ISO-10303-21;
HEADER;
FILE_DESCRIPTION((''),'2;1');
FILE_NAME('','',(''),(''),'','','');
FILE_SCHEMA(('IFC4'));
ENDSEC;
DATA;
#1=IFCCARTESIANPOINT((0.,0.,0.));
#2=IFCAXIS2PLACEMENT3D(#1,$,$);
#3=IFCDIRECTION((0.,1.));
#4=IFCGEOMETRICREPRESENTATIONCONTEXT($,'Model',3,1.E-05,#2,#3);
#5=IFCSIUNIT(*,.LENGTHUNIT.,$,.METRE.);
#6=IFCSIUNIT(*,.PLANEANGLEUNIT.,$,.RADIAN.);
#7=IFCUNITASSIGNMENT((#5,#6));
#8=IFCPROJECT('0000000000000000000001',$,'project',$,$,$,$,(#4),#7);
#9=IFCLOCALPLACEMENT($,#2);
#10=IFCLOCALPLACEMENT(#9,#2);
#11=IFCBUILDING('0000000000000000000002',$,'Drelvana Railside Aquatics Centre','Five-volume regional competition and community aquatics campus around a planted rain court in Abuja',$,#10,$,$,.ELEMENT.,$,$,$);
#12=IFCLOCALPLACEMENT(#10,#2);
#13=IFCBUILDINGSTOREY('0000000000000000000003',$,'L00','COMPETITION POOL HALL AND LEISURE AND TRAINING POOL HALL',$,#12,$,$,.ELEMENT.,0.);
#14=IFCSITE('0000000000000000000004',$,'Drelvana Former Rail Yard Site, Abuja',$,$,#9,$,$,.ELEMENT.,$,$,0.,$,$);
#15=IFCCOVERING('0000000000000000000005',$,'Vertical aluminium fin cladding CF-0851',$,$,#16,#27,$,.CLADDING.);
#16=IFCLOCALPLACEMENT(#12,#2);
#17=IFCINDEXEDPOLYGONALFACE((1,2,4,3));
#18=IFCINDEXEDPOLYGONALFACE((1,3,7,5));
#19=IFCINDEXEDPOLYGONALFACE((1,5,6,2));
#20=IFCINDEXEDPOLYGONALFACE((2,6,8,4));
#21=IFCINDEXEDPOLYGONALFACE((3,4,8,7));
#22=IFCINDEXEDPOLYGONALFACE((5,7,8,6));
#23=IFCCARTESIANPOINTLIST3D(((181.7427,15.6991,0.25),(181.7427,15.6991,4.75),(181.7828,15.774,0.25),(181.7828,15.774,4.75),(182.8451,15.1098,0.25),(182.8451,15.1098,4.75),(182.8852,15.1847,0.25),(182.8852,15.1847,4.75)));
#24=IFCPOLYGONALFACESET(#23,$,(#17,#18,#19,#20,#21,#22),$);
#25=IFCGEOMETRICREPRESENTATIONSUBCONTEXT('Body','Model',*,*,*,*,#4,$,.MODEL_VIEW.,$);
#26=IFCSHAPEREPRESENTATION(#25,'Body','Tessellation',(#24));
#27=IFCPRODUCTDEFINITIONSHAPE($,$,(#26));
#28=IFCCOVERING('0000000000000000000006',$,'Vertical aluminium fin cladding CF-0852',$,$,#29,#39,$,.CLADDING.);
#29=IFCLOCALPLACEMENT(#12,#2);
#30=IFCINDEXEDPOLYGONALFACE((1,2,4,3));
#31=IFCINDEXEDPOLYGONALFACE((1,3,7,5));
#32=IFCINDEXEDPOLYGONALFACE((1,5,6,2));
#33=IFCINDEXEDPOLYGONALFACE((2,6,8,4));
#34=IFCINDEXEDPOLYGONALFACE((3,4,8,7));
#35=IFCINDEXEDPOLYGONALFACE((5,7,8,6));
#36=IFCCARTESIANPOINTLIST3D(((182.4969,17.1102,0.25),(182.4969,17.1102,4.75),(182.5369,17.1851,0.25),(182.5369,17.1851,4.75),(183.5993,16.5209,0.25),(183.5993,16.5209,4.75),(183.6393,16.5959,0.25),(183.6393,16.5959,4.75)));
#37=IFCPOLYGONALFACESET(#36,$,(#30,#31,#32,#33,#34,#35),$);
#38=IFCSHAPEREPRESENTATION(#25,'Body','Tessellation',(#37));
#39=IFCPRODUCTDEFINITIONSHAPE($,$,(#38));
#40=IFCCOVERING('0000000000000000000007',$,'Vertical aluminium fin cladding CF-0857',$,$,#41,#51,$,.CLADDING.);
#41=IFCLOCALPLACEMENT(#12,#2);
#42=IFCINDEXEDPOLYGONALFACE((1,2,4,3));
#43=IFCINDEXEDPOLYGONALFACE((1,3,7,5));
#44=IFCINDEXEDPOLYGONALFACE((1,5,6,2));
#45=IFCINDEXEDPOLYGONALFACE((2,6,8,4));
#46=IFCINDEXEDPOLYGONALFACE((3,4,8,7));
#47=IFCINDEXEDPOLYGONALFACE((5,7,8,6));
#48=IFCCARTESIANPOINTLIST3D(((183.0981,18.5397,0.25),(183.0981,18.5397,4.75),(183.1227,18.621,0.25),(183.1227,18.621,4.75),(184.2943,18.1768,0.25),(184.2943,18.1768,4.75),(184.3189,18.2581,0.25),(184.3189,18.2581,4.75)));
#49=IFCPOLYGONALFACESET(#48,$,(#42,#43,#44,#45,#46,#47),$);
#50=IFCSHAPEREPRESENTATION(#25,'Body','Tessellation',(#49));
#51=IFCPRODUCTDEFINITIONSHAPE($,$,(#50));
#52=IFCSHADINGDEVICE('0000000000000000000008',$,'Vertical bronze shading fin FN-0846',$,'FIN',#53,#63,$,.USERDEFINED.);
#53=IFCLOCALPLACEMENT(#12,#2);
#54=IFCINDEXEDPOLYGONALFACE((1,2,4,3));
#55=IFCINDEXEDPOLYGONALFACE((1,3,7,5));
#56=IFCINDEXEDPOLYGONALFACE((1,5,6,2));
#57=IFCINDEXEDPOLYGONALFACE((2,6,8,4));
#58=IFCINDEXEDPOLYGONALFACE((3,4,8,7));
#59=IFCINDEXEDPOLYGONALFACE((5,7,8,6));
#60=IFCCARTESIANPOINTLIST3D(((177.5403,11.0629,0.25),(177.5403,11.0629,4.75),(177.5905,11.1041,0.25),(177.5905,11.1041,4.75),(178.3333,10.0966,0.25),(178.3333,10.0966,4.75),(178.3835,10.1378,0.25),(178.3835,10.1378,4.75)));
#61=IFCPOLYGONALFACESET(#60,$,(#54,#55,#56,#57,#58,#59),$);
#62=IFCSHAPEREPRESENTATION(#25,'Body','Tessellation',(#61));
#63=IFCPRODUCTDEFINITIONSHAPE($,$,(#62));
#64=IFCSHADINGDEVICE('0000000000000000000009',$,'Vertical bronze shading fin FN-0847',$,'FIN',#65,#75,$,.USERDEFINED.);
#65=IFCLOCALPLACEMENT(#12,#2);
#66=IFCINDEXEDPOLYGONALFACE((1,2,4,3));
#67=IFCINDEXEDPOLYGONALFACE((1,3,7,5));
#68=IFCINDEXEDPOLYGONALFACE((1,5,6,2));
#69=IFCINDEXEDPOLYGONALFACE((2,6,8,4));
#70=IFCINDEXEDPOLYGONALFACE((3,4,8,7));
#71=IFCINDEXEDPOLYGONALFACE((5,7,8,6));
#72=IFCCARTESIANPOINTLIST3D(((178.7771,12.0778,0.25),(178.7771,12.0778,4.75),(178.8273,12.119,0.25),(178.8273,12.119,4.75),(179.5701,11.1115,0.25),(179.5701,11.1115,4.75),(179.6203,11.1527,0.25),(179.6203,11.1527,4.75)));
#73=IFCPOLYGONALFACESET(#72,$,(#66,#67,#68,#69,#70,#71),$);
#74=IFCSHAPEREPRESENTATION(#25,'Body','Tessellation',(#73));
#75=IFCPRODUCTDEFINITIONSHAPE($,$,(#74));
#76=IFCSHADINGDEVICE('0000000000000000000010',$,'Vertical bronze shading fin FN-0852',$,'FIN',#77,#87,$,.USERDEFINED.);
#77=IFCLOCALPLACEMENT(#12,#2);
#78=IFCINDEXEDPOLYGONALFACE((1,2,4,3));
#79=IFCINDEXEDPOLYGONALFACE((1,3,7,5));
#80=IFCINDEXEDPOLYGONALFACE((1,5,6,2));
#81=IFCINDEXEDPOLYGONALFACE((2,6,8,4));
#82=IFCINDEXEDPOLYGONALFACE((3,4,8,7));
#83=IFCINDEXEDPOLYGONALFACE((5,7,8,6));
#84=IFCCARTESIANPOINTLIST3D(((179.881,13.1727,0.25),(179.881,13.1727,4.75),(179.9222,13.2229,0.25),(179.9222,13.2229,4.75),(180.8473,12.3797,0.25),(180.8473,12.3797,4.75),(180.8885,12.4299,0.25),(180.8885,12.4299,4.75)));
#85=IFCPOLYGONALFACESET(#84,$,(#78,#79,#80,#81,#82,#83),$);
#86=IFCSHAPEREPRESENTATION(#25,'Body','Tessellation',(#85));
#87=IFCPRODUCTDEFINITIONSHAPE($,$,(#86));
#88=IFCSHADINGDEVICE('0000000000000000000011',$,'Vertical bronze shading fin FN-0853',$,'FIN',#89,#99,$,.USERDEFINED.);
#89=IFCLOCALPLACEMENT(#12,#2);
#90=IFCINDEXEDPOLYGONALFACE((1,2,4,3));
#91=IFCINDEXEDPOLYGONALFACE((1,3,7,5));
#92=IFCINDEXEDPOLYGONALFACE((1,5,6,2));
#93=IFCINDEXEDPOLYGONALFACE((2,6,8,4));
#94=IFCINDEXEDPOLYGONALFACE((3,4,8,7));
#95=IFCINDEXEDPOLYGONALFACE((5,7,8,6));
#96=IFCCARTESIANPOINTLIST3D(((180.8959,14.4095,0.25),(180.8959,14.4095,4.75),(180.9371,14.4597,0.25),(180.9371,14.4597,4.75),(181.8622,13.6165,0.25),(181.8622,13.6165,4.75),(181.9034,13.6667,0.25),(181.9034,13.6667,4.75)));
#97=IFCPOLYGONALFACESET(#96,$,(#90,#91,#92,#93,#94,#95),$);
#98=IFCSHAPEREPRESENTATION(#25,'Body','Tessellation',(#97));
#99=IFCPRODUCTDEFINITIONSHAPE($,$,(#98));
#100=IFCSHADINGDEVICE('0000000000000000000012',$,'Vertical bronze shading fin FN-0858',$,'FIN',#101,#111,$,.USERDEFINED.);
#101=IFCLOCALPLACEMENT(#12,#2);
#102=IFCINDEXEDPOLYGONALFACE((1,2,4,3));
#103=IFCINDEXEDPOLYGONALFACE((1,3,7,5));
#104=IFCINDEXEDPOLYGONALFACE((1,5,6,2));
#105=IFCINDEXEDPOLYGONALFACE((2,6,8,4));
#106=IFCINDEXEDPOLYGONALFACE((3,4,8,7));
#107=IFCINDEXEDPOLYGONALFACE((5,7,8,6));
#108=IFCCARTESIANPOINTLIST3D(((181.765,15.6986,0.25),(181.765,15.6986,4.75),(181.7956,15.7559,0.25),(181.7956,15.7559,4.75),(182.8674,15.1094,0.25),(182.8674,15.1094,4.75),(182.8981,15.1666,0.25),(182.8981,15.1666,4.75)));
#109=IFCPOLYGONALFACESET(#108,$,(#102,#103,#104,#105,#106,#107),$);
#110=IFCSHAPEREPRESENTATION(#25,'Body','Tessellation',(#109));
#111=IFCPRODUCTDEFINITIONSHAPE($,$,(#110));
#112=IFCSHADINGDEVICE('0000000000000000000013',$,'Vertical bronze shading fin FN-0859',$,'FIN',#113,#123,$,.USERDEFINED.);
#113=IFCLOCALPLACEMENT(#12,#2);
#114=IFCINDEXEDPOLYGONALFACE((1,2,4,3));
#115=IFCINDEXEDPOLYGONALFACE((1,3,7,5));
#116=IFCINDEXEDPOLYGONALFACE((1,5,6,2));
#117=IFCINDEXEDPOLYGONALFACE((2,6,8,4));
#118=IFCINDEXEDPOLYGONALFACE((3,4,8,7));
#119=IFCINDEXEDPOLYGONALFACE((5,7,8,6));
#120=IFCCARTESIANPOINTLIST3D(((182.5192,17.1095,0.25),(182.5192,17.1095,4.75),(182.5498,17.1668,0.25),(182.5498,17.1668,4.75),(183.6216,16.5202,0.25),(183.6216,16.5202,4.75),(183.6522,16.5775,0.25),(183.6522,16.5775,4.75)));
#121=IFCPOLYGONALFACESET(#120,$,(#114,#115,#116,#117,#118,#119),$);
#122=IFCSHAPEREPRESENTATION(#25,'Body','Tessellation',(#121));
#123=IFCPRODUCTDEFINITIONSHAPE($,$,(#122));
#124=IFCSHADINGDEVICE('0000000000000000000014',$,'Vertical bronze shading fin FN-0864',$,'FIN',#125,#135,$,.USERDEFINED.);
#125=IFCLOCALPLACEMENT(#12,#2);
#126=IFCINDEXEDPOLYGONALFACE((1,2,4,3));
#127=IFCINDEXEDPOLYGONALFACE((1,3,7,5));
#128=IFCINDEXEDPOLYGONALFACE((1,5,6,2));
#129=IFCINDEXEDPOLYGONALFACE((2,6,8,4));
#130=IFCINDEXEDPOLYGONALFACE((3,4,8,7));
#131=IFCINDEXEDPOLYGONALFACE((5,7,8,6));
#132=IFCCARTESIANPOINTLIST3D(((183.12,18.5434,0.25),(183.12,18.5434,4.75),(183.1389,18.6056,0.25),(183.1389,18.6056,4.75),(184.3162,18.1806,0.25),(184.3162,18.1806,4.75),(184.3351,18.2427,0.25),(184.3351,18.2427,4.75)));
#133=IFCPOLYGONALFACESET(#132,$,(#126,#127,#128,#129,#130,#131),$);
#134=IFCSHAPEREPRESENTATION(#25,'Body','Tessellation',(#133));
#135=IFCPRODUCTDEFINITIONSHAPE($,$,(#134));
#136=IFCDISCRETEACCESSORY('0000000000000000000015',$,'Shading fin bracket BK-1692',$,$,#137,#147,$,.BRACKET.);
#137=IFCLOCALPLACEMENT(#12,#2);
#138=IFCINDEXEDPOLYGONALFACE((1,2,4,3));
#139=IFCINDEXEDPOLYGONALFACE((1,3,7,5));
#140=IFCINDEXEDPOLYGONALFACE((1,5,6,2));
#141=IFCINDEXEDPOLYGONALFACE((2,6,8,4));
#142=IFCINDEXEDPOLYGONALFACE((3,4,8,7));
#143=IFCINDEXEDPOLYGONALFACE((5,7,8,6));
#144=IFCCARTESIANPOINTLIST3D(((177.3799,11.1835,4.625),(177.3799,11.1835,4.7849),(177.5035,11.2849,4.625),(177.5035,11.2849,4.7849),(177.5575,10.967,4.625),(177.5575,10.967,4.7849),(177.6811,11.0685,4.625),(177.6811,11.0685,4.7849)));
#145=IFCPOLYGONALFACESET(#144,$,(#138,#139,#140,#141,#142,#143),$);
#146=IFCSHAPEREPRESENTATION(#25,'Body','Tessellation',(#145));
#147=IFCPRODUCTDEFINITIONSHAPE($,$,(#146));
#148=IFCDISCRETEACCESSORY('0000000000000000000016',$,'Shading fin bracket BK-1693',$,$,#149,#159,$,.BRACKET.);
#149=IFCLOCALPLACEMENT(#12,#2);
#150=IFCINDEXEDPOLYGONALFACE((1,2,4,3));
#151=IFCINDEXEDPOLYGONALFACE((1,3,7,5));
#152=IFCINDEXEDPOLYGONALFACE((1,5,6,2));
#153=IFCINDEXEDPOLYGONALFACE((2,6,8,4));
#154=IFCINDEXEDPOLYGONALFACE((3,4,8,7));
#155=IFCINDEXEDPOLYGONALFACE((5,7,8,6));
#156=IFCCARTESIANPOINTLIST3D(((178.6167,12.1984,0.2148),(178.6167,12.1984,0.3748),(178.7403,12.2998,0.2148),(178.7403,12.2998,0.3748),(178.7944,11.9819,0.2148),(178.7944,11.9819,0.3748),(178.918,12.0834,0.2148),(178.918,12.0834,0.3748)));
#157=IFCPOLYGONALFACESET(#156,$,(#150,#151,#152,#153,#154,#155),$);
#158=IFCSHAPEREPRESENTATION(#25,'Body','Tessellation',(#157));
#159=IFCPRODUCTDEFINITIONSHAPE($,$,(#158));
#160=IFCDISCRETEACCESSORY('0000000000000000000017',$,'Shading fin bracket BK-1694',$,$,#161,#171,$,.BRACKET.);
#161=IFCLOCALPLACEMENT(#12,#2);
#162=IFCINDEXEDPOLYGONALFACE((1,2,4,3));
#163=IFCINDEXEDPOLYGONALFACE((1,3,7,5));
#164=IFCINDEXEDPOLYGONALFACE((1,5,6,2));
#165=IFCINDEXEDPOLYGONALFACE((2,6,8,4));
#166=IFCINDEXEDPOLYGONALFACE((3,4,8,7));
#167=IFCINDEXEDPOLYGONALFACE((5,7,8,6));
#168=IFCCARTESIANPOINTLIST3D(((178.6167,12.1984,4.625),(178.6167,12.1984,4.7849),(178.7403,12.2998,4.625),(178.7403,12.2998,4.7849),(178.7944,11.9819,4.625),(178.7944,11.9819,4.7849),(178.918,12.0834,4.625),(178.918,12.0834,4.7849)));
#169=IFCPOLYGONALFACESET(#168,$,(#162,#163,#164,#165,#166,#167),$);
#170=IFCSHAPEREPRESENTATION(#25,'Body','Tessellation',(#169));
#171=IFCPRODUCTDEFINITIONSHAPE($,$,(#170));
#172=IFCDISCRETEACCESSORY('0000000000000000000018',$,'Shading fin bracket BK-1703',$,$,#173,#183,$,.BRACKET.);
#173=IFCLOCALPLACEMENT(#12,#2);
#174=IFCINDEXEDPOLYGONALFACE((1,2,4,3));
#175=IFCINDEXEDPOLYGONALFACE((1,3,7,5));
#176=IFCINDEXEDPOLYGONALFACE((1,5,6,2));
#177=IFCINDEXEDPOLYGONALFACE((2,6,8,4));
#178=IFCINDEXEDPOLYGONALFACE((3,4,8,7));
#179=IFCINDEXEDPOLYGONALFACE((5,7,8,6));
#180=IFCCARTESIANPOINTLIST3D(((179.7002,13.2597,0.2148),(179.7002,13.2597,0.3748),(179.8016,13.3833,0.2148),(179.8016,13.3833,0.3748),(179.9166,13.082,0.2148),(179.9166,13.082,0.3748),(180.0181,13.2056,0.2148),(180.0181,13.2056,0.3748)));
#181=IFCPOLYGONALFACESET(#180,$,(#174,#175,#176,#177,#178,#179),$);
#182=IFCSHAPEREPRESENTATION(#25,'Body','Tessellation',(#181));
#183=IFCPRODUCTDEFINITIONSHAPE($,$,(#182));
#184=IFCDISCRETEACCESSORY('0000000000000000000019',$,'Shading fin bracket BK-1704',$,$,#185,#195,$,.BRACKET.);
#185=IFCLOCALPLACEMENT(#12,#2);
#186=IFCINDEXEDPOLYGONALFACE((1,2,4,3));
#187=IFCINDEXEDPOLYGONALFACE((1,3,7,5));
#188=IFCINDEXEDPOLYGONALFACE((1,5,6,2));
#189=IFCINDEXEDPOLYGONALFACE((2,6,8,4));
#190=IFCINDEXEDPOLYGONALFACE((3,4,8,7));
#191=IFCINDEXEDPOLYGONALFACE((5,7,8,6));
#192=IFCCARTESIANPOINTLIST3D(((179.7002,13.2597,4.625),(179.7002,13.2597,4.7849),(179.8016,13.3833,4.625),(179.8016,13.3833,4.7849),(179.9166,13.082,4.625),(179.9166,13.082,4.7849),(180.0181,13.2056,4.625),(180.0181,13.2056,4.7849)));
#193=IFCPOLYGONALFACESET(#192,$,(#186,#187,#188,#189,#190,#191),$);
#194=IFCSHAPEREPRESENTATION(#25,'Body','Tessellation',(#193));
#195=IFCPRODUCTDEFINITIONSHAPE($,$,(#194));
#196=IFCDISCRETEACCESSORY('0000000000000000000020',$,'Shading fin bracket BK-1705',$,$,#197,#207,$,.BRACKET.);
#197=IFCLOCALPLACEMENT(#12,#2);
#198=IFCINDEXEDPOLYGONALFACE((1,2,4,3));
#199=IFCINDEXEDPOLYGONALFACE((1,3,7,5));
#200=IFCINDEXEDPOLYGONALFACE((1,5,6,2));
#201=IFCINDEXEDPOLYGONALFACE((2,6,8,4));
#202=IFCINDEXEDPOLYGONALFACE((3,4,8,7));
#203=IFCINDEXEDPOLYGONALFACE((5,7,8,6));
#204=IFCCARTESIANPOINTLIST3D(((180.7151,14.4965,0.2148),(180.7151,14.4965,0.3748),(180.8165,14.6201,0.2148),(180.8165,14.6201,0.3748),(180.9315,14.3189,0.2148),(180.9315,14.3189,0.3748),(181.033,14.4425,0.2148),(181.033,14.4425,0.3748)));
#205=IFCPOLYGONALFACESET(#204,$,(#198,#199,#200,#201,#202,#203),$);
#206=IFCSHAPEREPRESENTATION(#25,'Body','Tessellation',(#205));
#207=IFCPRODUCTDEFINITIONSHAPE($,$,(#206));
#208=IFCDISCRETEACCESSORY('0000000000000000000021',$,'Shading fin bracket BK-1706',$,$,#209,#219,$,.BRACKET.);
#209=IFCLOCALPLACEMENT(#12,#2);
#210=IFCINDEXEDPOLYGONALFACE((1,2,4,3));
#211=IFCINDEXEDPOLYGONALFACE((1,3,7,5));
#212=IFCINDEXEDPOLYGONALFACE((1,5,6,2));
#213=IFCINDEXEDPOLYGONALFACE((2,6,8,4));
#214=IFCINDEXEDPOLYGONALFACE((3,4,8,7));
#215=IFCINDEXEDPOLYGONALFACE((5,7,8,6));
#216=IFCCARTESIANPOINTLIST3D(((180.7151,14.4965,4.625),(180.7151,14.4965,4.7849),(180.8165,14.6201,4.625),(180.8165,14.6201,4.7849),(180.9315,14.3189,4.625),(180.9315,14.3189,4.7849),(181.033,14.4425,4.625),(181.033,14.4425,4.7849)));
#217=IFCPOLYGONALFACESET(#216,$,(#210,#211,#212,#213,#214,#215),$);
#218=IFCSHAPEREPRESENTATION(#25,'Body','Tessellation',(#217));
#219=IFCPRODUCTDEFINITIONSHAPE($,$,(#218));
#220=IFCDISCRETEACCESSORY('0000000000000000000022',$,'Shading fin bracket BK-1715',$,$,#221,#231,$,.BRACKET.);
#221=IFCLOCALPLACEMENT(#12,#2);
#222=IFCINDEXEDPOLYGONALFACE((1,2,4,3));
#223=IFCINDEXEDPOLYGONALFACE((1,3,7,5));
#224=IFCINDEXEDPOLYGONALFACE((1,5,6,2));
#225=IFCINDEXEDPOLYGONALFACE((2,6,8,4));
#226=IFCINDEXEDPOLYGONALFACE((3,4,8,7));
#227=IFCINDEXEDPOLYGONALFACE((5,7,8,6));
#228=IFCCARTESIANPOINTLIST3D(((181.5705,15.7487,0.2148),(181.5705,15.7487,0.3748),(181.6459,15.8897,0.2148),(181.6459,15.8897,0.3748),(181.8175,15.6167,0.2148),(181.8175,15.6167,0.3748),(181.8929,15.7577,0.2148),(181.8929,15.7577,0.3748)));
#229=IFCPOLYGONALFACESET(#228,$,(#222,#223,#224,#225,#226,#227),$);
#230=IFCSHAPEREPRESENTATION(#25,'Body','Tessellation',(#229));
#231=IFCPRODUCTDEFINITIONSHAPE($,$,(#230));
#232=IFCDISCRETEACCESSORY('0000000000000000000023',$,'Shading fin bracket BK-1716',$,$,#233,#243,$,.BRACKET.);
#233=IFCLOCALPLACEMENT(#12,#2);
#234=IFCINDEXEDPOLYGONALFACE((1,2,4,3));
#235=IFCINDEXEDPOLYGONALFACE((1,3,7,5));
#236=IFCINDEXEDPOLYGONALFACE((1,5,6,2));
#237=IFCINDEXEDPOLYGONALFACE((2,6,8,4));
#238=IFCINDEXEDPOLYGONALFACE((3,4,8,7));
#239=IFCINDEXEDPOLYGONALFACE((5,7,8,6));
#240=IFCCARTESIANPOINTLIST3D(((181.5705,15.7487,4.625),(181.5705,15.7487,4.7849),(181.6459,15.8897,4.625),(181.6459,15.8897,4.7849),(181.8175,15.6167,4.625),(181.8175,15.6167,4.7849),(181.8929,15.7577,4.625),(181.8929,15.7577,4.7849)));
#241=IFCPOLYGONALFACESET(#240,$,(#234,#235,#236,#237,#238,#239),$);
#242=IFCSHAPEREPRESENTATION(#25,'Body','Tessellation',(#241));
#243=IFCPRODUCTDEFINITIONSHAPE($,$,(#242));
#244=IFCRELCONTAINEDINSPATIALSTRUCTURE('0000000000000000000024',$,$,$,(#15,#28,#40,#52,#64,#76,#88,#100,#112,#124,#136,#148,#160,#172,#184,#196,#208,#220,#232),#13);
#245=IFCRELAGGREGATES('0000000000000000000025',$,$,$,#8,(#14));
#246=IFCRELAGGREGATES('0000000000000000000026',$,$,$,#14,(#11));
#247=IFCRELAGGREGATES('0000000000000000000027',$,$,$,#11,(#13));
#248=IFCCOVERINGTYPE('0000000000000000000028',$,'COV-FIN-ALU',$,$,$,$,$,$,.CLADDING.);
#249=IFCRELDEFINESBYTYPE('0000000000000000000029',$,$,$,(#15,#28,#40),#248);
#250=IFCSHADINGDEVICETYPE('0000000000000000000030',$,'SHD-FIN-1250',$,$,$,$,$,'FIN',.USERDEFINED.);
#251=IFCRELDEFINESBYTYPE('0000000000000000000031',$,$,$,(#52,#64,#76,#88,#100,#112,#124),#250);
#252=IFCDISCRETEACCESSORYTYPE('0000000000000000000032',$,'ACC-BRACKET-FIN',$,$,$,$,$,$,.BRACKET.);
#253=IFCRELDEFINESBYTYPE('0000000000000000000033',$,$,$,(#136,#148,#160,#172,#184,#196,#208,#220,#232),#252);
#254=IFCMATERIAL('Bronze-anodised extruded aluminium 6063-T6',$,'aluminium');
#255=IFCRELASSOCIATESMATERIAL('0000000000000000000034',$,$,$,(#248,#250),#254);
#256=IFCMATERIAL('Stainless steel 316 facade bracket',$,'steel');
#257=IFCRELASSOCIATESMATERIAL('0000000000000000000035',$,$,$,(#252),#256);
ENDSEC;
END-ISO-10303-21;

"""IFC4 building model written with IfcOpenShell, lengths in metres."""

from ifc_helpers import new_model, si_unit, direction, frame, origin, origin_2d, place, context, subcontext, project, spatial, rectangle, extrude, material, type_object, element, save


model = new_model("IFC4")

# Units and contexts
model_context = context("Model", 3, precision=1e-05, world=origin(), true_north=direction((0.0, 1.0)))
body_context = subcontext(model_context, "Body", "Model", "MODEL_VIEW")
ifc_project = project(units=[si_unit("LENGTHUNIT", "METRE"), si_unit("PLANEANGLEUNIT", "RADIAN")], contexts=[model_context])

# Site, building, storey
site_placement = place(None, origin())
site = spatial("IfcSite", under=ifc_project, at=site_placement, Name="Drelvana Former Rail Yard Site, Abuja", CompositionType="ELEMENT", RefElevation=0.0)
building_placement = place(site_placement, origin())
building = spatial("IfcBuilding", under=site, at=building_placement, Name="Drelvana Railside Aquatics Centre", Description="Five-volume regional competition and community aquatics campus around a planted rain court in Abuja", CompositionType="ELEMENT")
storey_placement = place(building_placement, origin())
storey = spatial("IfcBuildingStorey", under=building, at=storey_placement, Name="L00", Description="COMPETITION POOL HALL AND LEISURE AND TRAINING POOL HALL", CompositionType="ELEMENT", Elevation=0.0)

# Coverings
ifc_material_1 = material(Name="Bronze-anodised extruded aluminium 6063-T6", Category="aluminium")
covering_type = type_object("IfcCoveringType", Name="COV-FIN-ALU", PredefinedType="CLADDING", material=ifc_material_1)
for number, where, z_axis, x_axis, name in (
    (1, (182.314, 15.4419, 0.25), (0.0, 0.0, 1.0), (-0.471397, -0.881921, 0.0), "Vertical aluminium fin cladding CF-0851"),
    (2, (183.0681, 16.853, 0.25), (0.0, 0.0, 1.0), (-0.471397, -0.881921, 0.0), "Vertical aluminium fin cladding CF-0852"),
    (3, (183.7085, 18.3989, 0.25), (0.0, 0.0, 1.0), (-0.290285, -0.95694, 0.0), "Vertical aluminium fin cladding CF-0857"),
):
    element("IfcCovering", number, at=place(storey_placement, frame(where, z_axis=z_axis, x_axis=x_axis)), inside=storey, type_object=covering_type, Name=name, PredefinedType="CLADDING", context=body_context, shape_type="SweptSolid", body=[
        extrude(rectangle(XDim=0.085, YDim=1.25, at=origin_2d()), origin(), (0.0, 0.0, 1.0), 4.5),
    ])

# Shading devices
shading_device_type = type_object("IfcShadingDeviceType", Name="SHD-FIN-1250", ElementType="FIN", PredefinedType="USERDEFINED", material=ifc_material_1)
for number, where, z_axis, x_axis, name in (
    (4, (177.9619, 10.6003, 0.25), (0.0, 0.0, 1.0), (0.634393, -0.77301, 0.0), "Vertical bronze shading fin FN-0846"),
    (5, (179.1987, 11.6152, 0.25), (0.0, 0.0, 1.0), (0.634393, -0.77301, 0.0), "Vertical bronze shading fin FN-0847"),
    (6, (180.3848, 12.8013, 0.25), (0.0, 0.0, 1.0), (0.77301, -0.634393, 0.0), "Vertical bronze shading fin FN-0852"),
    (7, (181.3997, 14.0381, 0.25), (0.0, 0.0, 1.0), (0.77301, -0.634393, 0.0), "Vertical bronze shading fin FN-0853"),
    (8, (182.3315, 15.4326, 0.25), (0.0, 0.0, 1.0), (0.881921, -0.471397, 0.0), "Vertical bronze shading fin FN-0858"),
    (9, (183.0857, 16.8435, 0.25), (0.0, 0.0, 1.0), (0.881921, -0.471397, 0.0), "Vertical bronze shading fin FN-0859"),
    (10, (183.7275, 18.3931, 0.25), (0.0, 0.0, 1.0), (0.95694, -0.290285, 0.0), "Vertical bronze shading fin FN-0864"),
):
    element("IfcShadingDevice", number, at=place(storey_placement, frame(where, z_axis=z_axis, x_axis=x_axis)), inside=storey, type_object=shading_device_type, Name=name, ObjectType="FIN", PredefinedType="USERDEFINED", context=body_context, shape_type="SweptSolid", body=[
        extrude(rectangle(XDim=1.25, YDim=0.0649, at=origin_2d()), origin(), (0.0, 0.0, 1.0), 4.5),
    ])

# Discrete accessories
ifc_material_2 = material(Name="Stainless steel 316 facade bracket", Category="steel")
discrete_accessory_type = type_object("IfcDiscreteAccessoryType", Name="ACC-BRACKET-FIN", PredefinedType="BRACKET", material=ifc_material_2)
for number, where, z_axis, x_axis, name in (
    (11, (177.5305, 11.126, 4.625), (0.0, 0.0, 1.0), (0.634393, -0.77301, 0.0), "Shading fin bracket BK-1692"),
    (12, (178.7673, 12.1409, 0.2148), (0.0, 0.0, 1.0), (0.634393, -0.77301, 0.0), "Shading fin bracket BK-1693"),
    (13, (178.7673, 12.1409, 4.625), (0.0, 0.0, 1.0), (0.634393, -0.77301, 0.0), "Shading fin bracket BK-1694"),
    (14, (179.8591, 13.2327, 0.2148), (0.0, 0.0, 1.0), (0.77301, -0.634393, 0.0), "Shading fin bracket BK-1703"),
    (15, (179.8591, 13.2327, 4.625), (0.0, 0.0, 1.0), (0.77301, -0.634393, 0.0), "Shading fin bracket BK-1704"),
    (16, (180.874, 14.4695, 0.2148), (0.0, 0.0, 1.0), (0.77301, -0.634393, 0.0), "Shading fin bracket BK-1705"),
    (17, (180.874, 14.4695, 4.625), (0.0, 0.0, 1.0), (0.77301, -0.634393, 0.0), "Shading fin bracket BK-1706"),
    (18, (181.7317, 15.7532, 0.2148), (0.0, 0.0, 1.0), (0.881921, -0.471397, 0.0), "Shading fin bracket BK-1715"),
    (19, (181.7317, 15.7532, 4.625), (0.0, 0.0, 1.0), (0.881921, -0.471397, 0.0), "Shading fin bracket BK-1716"),
):
    element("IfcDiscreteAccessory", number, at=place(storey_placement, frame(where, z_axis=z_axis, x_axis=x_axis)), inside=storey, type_object=discrete_accessory_type, Name=name, PredefinedType="BRACKET", context=body_context, shape_type="SweptSolid", body=[
        extrude(rectangle(XDim=0.28, YDim=0.1599, at=origin_2d()), origin(), (0.0, 0.0, 1.0), 0.1599),
    ])

save(model, "model.ifc")
